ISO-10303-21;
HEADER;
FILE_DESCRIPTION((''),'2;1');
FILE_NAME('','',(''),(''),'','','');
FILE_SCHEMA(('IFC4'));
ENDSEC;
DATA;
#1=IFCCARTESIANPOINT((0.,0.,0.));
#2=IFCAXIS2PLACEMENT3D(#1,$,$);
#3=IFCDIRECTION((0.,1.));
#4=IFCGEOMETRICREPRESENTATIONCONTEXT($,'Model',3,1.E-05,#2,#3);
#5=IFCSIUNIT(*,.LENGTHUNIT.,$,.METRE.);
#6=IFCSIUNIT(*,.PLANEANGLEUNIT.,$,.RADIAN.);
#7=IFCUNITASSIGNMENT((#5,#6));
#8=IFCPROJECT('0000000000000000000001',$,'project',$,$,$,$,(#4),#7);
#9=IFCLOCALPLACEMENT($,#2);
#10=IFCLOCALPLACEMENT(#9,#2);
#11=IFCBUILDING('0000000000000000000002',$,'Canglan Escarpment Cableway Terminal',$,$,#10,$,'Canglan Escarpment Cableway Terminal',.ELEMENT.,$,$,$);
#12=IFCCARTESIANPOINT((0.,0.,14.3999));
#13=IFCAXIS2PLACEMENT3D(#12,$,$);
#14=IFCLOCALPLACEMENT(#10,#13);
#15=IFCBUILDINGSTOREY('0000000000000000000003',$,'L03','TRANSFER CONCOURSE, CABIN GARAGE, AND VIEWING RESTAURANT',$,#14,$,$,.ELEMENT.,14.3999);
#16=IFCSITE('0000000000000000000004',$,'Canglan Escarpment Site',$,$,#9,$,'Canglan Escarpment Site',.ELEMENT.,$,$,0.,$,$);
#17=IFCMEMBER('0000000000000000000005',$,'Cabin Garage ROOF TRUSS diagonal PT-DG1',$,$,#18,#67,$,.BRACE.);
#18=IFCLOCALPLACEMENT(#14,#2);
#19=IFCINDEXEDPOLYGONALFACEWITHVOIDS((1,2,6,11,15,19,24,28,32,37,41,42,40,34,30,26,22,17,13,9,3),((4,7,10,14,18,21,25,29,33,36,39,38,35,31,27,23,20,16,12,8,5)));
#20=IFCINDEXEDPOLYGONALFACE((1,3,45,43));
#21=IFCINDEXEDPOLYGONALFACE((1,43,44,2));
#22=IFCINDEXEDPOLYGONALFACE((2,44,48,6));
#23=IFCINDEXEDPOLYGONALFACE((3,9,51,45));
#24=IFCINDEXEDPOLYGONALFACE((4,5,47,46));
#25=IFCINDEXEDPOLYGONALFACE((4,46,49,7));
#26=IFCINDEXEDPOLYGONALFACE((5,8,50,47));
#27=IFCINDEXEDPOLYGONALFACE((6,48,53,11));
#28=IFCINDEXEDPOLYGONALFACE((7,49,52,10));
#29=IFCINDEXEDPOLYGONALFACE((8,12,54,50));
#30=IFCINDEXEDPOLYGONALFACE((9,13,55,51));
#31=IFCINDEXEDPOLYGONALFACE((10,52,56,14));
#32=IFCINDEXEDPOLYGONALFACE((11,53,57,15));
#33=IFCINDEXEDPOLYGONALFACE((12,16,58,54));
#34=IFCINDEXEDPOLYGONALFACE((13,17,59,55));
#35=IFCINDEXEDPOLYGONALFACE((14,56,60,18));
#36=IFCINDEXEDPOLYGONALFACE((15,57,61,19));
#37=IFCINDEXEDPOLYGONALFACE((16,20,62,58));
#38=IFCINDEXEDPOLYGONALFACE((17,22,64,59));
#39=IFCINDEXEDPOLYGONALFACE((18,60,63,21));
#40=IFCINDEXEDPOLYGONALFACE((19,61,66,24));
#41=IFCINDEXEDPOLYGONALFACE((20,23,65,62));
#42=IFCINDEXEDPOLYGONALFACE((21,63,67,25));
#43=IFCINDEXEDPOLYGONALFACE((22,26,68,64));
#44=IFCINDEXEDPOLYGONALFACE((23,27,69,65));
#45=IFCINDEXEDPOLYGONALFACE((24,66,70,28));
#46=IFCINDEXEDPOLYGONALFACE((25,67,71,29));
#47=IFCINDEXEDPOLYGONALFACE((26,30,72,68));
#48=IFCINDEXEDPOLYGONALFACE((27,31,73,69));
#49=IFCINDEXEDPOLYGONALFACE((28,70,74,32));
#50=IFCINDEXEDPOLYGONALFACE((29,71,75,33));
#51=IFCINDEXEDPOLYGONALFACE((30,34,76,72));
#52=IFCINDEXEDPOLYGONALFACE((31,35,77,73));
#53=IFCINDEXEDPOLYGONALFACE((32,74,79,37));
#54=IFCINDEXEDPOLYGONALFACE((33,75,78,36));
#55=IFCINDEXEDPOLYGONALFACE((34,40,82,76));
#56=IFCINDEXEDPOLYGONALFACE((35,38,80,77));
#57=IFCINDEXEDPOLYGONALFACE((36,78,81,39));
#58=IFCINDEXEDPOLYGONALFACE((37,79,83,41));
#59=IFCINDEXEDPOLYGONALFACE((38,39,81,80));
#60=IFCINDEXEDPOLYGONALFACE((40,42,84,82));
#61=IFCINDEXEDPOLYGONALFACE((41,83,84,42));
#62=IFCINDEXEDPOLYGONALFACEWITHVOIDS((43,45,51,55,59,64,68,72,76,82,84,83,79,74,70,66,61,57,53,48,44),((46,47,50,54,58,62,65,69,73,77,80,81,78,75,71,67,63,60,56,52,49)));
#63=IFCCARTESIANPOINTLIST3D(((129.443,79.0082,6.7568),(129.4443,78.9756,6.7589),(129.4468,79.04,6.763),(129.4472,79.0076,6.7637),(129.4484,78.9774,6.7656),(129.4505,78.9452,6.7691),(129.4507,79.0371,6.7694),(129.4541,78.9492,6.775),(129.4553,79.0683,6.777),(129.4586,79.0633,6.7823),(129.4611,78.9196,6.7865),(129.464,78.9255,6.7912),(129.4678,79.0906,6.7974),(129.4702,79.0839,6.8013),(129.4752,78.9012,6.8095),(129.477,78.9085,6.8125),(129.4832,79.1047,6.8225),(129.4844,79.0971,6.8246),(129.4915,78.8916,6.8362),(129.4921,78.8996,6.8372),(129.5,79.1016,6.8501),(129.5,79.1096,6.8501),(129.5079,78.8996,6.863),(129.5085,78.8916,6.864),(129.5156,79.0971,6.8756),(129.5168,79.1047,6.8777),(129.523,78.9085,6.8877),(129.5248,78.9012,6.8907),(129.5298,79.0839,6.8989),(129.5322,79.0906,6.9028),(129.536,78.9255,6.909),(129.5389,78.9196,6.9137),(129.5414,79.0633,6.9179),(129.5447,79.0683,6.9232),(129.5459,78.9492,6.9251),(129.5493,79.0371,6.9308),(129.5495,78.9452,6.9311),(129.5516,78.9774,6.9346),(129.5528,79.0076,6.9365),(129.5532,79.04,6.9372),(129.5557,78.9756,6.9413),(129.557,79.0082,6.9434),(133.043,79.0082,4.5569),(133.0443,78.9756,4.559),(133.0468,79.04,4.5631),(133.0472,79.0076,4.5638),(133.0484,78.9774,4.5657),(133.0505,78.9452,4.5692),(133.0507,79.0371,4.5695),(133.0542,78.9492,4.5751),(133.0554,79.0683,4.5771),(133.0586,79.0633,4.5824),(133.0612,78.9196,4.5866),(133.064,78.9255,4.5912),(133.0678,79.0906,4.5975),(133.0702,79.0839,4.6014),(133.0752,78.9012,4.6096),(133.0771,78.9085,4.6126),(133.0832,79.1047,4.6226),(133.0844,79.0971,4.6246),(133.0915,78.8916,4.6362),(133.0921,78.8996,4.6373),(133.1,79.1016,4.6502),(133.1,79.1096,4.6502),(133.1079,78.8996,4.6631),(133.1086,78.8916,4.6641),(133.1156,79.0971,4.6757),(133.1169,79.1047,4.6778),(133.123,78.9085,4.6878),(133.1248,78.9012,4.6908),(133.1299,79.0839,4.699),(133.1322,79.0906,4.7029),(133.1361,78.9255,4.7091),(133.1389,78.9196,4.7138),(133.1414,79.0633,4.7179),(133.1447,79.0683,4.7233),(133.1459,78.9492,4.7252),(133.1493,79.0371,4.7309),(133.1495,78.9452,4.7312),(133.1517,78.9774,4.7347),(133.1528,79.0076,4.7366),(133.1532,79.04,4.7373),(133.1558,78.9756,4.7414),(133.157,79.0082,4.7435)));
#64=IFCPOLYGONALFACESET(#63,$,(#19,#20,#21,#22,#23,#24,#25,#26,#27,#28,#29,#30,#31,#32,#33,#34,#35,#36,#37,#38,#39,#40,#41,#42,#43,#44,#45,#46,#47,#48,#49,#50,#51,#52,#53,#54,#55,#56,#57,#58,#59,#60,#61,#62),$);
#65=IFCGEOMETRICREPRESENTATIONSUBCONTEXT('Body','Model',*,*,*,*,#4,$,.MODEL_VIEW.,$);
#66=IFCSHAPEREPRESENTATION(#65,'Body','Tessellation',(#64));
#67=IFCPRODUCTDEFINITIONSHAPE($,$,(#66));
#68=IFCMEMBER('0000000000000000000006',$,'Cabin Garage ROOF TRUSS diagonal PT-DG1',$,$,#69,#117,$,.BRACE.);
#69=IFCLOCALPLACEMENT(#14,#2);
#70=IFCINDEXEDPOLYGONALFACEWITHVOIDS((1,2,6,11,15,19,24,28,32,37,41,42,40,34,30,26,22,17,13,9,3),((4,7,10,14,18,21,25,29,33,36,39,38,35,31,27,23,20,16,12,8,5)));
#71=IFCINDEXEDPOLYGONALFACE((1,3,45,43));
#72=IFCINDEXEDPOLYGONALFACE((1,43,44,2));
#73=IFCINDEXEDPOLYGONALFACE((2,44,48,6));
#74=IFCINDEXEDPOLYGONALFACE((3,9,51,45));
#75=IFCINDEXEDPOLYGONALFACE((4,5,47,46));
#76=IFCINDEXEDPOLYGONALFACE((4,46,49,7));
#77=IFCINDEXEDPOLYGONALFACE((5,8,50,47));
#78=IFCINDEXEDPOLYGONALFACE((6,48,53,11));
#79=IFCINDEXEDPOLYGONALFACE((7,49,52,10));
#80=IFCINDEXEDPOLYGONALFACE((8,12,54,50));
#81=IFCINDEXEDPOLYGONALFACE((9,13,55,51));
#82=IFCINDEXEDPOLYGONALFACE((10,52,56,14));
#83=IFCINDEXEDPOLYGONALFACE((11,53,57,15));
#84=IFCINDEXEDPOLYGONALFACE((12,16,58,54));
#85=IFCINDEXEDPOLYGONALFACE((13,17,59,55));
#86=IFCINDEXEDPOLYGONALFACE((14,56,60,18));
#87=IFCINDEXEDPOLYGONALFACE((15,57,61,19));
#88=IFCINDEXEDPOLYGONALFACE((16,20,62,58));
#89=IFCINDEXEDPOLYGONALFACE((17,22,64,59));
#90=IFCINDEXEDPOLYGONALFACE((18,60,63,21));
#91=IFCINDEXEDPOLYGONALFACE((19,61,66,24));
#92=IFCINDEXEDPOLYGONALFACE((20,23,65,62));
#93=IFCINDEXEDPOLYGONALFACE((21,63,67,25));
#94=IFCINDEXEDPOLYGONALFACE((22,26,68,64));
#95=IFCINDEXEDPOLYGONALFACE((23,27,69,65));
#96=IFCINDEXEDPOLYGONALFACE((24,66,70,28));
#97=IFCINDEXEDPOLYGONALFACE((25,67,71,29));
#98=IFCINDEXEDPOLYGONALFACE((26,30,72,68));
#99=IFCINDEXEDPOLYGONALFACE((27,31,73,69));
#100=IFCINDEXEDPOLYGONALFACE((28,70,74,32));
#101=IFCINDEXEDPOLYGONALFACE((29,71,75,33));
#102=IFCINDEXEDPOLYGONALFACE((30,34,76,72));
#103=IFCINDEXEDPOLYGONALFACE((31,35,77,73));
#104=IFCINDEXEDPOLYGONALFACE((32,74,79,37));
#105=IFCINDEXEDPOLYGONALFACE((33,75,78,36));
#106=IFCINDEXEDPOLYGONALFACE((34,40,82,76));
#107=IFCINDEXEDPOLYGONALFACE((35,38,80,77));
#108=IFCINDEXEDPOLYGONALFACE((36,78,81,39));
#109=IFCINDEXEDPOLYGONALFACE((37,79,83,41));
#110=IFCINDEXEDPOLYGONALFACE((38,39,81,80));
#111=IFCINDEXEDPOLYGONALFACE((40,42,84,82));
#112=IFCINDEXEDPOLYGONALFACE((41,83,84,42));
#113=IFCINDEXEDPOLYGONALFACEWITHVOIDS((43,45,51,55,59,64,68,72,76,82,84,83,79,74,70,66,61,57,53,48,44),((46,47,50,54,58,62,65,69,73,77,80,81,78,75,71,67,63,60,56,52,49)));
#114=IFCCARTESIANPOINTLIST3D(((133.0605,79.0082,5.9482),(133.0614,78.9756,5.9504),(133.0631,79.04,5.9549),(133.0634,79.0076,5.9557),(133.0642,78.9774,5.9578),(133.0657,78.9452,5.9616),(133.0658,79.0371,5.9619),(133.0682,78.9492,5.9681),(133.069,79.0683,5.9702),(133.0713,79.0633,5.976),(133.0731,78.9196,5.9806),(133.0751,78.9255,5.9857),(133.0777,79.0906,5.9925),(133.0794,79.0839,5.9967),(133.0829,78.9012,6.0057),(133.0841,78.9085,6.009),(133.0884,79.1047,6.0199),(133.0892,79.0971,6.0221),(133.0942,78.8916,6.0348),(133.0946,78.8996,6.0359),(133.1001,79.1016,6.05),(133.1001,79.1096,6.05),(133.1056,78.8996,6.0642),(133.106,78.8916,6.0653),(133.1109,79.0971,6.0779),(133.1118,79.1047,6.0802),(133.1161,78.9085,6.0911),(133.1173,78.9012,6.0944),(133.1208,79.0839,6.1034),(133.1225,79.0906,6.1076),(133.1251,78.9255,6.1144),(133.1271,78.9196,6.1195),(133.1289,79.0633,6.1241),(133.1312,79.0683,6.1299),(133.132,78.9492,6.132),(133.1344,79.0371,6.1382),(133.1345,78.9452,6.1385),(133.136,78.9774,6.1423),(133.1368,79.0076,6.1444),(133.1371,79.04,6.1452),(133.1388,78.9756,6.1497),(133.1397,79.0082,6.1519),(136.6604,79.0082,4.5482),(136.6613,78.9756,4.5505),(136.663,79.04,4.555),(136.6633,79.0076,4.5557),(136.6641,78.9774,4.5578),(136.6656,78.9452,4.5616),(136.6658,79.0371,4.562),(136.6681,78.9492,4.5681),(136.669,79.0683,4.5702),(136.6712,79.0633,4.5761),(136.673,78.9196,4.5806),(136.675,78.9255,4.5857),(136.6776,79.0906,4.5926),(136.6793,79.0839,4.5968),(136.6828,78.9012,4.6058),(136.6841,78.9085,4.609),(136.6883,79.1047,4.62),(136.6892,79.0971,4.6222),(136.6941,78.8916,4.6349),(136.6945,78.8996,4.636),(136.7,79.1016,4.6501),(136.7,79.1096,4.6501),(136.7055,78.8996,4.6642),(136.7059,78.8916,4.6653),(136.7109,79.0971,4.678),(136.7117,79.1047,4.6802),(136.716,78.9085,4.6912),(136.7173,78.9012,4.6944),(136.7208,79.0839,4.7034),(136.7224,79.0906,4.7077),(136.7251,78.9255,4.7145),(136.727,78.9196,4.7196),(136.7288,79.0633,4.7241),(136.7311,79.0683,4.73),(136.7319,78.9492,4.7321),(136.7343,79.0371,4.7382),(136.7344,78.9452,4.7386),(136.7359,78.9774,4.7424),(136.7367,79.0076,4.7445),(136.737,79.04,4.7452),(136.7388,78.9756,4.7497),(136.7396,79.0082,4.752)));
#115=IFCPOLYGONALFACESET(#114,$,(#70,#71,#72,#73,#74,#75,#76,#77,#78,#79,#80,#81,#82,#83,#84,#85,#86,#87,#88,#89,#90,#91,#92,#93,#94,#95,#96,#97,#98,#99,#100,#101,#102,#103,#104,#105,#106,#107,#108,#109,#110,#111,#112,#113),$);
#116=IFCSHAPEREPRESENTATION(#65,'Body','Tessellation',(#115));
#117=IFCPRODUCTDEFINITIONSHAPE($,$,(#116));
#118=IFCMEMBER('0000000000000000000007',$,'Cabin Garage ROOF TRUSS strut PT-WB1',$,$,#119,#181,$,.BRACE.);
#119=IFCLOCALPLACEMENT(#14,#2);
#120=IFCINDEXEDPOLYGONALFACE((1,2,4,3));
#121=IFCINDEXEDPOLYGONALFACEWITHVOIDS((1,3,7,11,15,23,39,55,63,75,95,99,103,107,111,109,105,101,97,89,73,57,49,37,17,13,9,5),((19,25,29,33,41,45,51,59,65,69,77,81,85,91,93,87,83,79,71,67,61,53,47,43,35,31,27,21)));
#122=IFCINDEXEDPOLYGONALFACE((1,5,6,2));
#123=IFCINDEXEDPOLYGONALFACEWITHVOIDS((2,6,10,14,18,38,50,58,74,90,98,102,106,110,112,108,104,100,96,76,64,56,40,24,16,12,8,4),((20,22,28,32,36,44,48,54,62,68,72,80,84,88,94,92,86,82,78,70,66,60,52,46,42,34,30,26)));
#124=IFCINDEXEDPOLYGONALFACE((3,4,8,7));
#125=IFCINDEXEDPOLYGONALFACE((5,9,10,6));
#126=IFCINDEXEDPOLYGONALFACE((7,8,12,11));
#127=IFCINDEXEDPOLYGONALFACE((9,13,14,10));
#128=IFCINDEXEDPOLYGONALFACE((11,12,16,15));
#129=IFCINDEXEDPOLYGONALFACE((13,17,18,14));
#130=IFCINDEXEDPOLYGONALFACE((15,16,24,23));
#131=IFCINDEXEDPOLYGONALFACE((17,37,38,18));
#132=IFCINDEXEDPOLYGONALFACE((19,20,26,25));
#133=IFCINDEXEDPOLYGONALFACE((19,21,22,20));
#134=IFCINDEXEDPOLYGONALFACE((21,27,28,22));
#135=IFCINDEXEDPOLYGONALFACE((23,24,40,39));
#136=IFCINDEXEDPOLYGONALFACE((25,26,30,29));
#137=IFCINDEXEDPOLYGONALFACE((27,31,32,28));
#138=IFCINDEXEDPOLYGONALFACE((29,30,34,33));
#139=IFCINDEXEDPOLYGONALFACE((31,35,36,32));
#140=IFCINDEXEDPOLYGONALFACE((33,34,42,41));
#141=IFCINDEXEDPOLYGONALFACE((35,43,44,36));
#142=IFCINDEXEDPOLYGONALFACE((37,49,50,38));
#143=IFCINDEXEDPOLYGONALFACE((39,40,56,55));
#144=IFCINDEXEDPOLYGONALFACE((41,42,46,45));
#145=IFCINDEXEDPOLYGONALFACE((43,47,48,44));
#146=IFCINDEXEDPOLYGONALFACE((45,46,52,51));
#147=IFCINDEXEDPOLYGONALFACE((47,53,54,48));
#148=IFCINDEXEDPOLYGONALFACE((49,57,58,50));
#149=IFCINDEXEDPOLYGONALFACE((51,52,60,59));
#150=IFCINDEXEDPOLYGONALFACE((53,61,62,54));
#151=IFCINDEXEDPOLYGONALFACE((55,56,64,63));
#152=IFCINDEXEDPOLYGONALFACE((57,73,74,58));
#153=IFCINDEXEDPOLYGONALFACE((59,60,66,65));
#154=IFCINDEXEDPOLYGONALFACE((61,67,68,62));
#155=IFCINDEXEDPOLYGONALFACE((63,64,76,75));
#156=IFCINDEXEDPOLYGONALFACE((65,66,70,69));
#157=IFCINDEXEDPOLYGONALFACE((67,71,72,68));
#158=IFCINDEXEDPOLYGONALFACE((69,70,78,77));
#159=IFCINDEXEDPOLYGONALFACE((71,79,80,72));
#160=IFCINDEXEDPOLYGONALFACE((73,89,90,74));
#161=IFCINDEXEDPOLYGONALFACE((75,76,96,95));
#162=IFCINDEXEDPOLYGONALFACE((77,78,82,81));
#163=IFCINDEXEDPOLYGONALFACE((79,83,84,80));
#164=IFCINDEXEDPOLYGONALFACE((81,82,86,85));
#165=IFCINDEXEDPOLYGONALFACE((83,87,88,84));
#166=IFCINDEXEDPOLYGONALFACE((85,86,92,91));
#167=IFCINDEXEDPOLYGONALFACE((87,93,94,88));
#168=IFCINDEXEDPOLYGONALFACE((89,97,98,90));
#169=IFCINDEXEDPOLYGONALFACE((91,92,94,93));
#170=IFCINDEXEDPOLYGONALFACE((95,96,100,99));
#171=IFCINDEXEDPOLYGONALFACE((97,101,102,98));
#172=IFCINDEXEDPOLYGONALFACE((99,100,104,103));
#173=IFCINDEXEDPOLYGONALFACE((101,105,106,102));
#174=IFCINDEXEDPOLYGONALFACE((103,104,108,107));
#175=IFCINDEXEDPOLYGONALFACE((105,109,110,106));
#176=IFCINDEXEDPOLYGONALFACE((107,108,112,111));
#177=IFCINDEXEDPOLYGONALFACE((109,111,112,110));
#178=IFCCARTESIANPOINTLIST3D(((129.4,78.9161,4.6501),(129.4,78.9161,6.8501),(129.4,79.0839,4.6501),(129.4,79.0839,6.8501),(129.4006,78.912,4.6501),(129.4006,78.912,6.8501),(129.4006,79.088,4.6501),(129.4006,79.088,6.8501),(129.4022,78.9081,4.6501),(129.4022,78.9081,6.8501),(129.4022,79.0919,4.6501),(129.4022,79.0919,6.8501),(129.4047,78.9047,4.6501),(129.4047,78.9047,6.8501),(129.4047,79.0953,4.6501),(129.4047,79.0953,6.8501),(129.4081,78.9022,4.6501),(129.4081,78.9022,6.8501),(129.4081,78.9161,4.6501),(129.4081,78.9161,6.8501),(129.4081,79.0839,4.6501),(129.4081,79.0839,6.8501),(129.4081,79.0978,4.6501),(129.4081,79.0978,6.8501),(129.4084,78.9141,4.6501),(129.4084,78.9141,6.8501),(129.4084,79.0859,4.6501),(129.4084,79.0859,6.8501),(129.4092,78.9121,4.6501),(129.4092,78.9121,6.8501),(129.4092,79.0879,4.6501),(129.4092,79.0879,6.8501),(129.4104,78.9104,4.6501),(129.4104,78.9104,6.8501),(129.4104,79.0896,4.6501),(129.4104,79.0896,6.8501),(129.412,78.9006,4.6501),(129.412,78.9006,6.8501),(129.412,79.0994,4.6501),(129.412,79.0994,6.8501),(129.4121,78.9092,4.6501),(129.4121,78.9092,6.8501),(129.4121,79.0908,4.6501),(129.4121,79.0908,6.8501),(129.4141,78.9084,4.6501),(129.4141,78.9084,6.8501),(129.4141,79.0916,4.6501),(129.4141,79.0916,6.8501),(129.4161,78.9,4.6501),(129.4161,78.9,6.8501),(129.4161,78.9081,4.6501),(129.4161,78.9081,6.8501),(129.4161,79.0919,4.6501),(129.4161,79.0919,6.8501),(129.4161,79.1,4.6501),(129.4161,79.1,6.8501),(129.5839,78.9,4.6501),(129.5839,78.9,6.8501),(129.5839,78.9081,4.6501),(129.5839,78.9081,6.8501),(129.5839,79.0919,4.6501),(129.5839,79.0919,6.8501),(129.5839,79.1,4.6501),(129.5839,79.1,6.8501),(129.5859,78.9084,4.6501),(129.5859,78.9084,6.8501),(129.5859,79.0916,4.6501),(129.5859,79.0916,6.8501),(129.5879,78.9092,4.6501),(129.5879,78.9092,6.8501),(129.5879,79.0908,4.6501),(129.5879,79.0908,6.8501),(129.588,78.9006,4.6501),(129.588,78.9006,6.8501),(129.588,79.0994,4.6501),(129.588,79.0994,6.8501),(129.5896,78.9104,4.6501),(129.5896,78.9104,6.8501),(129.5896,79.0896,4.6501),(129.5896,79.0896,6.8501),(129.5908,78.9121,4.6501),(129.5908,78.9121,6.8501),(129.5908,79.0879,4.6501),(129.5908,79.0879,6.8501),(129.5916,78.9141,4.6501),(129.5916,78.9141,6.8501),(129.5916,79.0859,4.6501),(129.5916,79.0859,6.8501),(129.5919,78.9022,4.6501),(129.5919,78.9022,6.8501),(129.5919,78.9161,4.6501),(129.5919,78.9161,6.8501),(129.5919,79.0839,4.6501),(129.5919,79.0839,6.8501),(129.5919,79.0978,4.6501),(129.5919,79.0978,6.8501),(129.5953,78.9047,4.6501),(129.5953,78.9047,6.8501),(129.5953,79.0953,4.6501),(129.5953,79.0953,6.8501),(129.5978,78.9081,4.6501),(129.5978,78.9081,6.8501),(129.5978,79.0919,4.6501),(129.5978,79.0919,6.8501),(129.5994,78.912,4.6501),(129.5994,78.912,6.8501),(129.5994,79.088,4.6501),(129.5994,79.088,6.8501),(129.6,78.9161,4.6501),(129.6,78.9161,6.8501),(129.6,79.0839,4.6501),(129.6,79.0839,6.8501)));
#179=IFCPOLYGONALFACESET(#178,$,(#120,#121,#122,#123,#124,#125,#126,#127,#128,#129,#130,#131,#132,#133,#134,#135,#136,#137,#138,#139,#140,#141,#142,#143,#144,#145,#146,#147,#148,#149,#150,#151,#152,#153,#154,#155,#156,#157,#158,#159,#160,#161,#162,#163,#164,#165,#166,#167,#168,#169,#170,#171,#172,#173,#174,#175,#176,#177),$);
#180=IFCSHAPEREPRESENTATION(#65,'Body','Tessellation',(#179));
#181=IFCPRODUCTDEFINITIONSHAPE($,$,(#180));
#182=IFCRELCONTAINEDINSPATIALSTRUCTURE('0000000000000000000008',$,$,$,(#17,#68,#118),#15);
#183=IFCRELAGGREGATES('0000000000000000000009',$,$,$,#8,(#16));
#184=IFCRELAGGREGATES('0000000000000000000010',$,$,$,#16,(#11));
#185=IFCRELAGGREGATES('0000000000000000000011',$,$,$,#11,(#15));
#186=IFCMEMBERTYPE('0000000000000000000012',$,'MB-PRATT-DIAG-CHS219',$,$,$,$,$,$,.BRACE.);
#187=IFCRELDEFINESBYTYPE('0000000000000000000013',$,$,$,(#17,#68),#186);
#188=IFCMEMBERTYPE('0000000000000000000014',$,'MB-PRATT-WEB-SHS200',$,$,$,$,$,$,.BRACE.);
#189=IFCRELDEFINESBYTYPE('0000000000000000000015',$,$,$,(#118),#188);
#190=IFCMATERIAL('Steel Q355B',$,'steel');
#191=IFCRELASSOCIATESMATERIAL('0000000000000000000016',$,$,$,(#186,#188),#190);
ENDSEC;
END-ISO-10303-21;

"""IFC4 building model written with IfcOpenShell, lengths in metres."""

from ifc_helpers import new_model, si_unit, direction, frame, origin, origin_2d, place, context, subcontext, project, spatial, hollow_rectangle, hollow_circle, extrude, material, material_profile, profile_set, type_object, element, save


model = new_model("IFC4")

# Units and contexts
model_context = context("Model", 3, precision=1e-05, world=origin(), true_north=direction((0.0, 1.0)))
body_context = subcontext(model_context, "Body", "Model", "MODEL_VIEW")
ifc_project = project(units=[si_unit("LENGTHUNIT", "METRE"), si_unit("PLANEANGLEUNIT", "RADIAN")], contexts=[model_context])

# Site, building, storey
site_placement = place(None, origin())
site = spatial("IfcSite", under=ifc_project, at=site_placement, Name="Canglan Escarpment Site", LongName="Canglan Escarpment Site", CompositionType="ELEMENT", RefElevation=0.0)
building_placement = place(site_placement, origin())
building = spatial("IfcBuilding", under=site, at=building_placement, Name="Canglan Escarpment Cableway Terminal", LongName="Canglan Escarpment Cableway Terminal", CompositionType="ELEMENT")
storey_placement = place(building_placement, frame((0.0, 0.0, 14.3999)))
storey = spatial("IfcBuildingStorey", under=building, at=storey_placement, Name="L03", Description="TRANSFER CONCOURSE, CABIN GARAGE, AND VIEWING RESTAURANT", CompositionType="ELEMENT", Elevation=14.3999)

# Shared definitions
ifc_material_1 = material(Name="Steel Q355B", Category="steel")

# Members
ifc_material_profile_1 = material_profile(ifc_material_1, hollow_circle(Radius=0.1096, WallThickness=0.0081, at=origin_2d()), Name="CHS 219.1x8")
ifc_profile_set_1 = profile_set([ifc_material_profile_1], Name="Steel Q355B")
member_type_1 = type_object("IfcMemberType", Name="MB-PRATT-DIAG-CHS219", PredefinedType="BRACE", material=ifc_profile_set_1)
member_1_placement = place(storey_placement, frame((129.5, 79.0, 6.8501), z_axis=(0.853293, 0.0, -0.521431), x_axis=(0.0, 1.0, 0.0)))
element("IfcMember", 1, at=member_1_placement, inside=storey, type_object=member_type_1, Name="Cabin Garage ROOF TRUSS diagonal PT-DG1", PredefinedType="BRACE", context=body_context, shape_type="SweptSolid", body=[
    extrude(hollow_circle(Radius=0.1096, WallThickness=0.0081, at=origin_2d()), origin(), (0.0, 0.0, 1.0), 4.219),
])
member_2_placement = place(storey_placement, frame((133.1001, 79.0, 6.05), z_axis=(0.932008, 0.0, -0.362437), x_axis=(0.0, 1.0, 0.0)))
element("IfcMember", 2, at=member_2_placement, inside=storey, type_object=member_type_1, Name="Cabin Garage ROOF TRUSS diagonal PT-DG1", PredefinedType="BRACE", context=body_context, shape_type="SweptSolid", body=[
    extrude(hollow_circle(Radius=0.1096, WallThickness=0.0081, at=origin_2d()), origin(), (0.0, 0.0, 1.0), 3.8625),
])
ifc_material_profile_2 = material_profile(ifc_material_1, hollow_rectangle(XDim=0.2, YDim=0.2, WallThickness=0.0081, InnerFilletRadius=0.0081, OuterFilletRadius=0.0161, at=origin_2d()), Name="SHS 200x200x8")
ifc_profile_set_2 = profile_set([ifc_material_profile_2], Name="Steel Q355B")
member_type_2 = type_object("IfcMemberType", Name="MB-PRATT-WEB-SHS200", PredefinedType="BRACE", material=ifc_profile_set_2)
member_3_placement = place(storey_placement, frame((129.5, 79.0, 4.6501), z_axis=(0.0, 0.0, 1.0), x_axis=(1.0, 0.0, 0.0)))
element("IfcMember", 3, at=member_3_placement, inside=storey, type_object=member_type_2, Name="Cabin Garage ROOF TRUSS strut PT-WB1", PredefinedType="BRACE", context=body_context, shape_type="SweptSolid", body=[
    extrude(hollow_rectangle(XDim=0.2, YDim=0.2, WallThickness=0.0081, InnerFilletRadius=0.0081, OuterFilletRadius=0.0161, at=origin_2d()), origin(), (0.0, 0.0, 1.0), 2.2),
])

save(model, "model.ifc")
